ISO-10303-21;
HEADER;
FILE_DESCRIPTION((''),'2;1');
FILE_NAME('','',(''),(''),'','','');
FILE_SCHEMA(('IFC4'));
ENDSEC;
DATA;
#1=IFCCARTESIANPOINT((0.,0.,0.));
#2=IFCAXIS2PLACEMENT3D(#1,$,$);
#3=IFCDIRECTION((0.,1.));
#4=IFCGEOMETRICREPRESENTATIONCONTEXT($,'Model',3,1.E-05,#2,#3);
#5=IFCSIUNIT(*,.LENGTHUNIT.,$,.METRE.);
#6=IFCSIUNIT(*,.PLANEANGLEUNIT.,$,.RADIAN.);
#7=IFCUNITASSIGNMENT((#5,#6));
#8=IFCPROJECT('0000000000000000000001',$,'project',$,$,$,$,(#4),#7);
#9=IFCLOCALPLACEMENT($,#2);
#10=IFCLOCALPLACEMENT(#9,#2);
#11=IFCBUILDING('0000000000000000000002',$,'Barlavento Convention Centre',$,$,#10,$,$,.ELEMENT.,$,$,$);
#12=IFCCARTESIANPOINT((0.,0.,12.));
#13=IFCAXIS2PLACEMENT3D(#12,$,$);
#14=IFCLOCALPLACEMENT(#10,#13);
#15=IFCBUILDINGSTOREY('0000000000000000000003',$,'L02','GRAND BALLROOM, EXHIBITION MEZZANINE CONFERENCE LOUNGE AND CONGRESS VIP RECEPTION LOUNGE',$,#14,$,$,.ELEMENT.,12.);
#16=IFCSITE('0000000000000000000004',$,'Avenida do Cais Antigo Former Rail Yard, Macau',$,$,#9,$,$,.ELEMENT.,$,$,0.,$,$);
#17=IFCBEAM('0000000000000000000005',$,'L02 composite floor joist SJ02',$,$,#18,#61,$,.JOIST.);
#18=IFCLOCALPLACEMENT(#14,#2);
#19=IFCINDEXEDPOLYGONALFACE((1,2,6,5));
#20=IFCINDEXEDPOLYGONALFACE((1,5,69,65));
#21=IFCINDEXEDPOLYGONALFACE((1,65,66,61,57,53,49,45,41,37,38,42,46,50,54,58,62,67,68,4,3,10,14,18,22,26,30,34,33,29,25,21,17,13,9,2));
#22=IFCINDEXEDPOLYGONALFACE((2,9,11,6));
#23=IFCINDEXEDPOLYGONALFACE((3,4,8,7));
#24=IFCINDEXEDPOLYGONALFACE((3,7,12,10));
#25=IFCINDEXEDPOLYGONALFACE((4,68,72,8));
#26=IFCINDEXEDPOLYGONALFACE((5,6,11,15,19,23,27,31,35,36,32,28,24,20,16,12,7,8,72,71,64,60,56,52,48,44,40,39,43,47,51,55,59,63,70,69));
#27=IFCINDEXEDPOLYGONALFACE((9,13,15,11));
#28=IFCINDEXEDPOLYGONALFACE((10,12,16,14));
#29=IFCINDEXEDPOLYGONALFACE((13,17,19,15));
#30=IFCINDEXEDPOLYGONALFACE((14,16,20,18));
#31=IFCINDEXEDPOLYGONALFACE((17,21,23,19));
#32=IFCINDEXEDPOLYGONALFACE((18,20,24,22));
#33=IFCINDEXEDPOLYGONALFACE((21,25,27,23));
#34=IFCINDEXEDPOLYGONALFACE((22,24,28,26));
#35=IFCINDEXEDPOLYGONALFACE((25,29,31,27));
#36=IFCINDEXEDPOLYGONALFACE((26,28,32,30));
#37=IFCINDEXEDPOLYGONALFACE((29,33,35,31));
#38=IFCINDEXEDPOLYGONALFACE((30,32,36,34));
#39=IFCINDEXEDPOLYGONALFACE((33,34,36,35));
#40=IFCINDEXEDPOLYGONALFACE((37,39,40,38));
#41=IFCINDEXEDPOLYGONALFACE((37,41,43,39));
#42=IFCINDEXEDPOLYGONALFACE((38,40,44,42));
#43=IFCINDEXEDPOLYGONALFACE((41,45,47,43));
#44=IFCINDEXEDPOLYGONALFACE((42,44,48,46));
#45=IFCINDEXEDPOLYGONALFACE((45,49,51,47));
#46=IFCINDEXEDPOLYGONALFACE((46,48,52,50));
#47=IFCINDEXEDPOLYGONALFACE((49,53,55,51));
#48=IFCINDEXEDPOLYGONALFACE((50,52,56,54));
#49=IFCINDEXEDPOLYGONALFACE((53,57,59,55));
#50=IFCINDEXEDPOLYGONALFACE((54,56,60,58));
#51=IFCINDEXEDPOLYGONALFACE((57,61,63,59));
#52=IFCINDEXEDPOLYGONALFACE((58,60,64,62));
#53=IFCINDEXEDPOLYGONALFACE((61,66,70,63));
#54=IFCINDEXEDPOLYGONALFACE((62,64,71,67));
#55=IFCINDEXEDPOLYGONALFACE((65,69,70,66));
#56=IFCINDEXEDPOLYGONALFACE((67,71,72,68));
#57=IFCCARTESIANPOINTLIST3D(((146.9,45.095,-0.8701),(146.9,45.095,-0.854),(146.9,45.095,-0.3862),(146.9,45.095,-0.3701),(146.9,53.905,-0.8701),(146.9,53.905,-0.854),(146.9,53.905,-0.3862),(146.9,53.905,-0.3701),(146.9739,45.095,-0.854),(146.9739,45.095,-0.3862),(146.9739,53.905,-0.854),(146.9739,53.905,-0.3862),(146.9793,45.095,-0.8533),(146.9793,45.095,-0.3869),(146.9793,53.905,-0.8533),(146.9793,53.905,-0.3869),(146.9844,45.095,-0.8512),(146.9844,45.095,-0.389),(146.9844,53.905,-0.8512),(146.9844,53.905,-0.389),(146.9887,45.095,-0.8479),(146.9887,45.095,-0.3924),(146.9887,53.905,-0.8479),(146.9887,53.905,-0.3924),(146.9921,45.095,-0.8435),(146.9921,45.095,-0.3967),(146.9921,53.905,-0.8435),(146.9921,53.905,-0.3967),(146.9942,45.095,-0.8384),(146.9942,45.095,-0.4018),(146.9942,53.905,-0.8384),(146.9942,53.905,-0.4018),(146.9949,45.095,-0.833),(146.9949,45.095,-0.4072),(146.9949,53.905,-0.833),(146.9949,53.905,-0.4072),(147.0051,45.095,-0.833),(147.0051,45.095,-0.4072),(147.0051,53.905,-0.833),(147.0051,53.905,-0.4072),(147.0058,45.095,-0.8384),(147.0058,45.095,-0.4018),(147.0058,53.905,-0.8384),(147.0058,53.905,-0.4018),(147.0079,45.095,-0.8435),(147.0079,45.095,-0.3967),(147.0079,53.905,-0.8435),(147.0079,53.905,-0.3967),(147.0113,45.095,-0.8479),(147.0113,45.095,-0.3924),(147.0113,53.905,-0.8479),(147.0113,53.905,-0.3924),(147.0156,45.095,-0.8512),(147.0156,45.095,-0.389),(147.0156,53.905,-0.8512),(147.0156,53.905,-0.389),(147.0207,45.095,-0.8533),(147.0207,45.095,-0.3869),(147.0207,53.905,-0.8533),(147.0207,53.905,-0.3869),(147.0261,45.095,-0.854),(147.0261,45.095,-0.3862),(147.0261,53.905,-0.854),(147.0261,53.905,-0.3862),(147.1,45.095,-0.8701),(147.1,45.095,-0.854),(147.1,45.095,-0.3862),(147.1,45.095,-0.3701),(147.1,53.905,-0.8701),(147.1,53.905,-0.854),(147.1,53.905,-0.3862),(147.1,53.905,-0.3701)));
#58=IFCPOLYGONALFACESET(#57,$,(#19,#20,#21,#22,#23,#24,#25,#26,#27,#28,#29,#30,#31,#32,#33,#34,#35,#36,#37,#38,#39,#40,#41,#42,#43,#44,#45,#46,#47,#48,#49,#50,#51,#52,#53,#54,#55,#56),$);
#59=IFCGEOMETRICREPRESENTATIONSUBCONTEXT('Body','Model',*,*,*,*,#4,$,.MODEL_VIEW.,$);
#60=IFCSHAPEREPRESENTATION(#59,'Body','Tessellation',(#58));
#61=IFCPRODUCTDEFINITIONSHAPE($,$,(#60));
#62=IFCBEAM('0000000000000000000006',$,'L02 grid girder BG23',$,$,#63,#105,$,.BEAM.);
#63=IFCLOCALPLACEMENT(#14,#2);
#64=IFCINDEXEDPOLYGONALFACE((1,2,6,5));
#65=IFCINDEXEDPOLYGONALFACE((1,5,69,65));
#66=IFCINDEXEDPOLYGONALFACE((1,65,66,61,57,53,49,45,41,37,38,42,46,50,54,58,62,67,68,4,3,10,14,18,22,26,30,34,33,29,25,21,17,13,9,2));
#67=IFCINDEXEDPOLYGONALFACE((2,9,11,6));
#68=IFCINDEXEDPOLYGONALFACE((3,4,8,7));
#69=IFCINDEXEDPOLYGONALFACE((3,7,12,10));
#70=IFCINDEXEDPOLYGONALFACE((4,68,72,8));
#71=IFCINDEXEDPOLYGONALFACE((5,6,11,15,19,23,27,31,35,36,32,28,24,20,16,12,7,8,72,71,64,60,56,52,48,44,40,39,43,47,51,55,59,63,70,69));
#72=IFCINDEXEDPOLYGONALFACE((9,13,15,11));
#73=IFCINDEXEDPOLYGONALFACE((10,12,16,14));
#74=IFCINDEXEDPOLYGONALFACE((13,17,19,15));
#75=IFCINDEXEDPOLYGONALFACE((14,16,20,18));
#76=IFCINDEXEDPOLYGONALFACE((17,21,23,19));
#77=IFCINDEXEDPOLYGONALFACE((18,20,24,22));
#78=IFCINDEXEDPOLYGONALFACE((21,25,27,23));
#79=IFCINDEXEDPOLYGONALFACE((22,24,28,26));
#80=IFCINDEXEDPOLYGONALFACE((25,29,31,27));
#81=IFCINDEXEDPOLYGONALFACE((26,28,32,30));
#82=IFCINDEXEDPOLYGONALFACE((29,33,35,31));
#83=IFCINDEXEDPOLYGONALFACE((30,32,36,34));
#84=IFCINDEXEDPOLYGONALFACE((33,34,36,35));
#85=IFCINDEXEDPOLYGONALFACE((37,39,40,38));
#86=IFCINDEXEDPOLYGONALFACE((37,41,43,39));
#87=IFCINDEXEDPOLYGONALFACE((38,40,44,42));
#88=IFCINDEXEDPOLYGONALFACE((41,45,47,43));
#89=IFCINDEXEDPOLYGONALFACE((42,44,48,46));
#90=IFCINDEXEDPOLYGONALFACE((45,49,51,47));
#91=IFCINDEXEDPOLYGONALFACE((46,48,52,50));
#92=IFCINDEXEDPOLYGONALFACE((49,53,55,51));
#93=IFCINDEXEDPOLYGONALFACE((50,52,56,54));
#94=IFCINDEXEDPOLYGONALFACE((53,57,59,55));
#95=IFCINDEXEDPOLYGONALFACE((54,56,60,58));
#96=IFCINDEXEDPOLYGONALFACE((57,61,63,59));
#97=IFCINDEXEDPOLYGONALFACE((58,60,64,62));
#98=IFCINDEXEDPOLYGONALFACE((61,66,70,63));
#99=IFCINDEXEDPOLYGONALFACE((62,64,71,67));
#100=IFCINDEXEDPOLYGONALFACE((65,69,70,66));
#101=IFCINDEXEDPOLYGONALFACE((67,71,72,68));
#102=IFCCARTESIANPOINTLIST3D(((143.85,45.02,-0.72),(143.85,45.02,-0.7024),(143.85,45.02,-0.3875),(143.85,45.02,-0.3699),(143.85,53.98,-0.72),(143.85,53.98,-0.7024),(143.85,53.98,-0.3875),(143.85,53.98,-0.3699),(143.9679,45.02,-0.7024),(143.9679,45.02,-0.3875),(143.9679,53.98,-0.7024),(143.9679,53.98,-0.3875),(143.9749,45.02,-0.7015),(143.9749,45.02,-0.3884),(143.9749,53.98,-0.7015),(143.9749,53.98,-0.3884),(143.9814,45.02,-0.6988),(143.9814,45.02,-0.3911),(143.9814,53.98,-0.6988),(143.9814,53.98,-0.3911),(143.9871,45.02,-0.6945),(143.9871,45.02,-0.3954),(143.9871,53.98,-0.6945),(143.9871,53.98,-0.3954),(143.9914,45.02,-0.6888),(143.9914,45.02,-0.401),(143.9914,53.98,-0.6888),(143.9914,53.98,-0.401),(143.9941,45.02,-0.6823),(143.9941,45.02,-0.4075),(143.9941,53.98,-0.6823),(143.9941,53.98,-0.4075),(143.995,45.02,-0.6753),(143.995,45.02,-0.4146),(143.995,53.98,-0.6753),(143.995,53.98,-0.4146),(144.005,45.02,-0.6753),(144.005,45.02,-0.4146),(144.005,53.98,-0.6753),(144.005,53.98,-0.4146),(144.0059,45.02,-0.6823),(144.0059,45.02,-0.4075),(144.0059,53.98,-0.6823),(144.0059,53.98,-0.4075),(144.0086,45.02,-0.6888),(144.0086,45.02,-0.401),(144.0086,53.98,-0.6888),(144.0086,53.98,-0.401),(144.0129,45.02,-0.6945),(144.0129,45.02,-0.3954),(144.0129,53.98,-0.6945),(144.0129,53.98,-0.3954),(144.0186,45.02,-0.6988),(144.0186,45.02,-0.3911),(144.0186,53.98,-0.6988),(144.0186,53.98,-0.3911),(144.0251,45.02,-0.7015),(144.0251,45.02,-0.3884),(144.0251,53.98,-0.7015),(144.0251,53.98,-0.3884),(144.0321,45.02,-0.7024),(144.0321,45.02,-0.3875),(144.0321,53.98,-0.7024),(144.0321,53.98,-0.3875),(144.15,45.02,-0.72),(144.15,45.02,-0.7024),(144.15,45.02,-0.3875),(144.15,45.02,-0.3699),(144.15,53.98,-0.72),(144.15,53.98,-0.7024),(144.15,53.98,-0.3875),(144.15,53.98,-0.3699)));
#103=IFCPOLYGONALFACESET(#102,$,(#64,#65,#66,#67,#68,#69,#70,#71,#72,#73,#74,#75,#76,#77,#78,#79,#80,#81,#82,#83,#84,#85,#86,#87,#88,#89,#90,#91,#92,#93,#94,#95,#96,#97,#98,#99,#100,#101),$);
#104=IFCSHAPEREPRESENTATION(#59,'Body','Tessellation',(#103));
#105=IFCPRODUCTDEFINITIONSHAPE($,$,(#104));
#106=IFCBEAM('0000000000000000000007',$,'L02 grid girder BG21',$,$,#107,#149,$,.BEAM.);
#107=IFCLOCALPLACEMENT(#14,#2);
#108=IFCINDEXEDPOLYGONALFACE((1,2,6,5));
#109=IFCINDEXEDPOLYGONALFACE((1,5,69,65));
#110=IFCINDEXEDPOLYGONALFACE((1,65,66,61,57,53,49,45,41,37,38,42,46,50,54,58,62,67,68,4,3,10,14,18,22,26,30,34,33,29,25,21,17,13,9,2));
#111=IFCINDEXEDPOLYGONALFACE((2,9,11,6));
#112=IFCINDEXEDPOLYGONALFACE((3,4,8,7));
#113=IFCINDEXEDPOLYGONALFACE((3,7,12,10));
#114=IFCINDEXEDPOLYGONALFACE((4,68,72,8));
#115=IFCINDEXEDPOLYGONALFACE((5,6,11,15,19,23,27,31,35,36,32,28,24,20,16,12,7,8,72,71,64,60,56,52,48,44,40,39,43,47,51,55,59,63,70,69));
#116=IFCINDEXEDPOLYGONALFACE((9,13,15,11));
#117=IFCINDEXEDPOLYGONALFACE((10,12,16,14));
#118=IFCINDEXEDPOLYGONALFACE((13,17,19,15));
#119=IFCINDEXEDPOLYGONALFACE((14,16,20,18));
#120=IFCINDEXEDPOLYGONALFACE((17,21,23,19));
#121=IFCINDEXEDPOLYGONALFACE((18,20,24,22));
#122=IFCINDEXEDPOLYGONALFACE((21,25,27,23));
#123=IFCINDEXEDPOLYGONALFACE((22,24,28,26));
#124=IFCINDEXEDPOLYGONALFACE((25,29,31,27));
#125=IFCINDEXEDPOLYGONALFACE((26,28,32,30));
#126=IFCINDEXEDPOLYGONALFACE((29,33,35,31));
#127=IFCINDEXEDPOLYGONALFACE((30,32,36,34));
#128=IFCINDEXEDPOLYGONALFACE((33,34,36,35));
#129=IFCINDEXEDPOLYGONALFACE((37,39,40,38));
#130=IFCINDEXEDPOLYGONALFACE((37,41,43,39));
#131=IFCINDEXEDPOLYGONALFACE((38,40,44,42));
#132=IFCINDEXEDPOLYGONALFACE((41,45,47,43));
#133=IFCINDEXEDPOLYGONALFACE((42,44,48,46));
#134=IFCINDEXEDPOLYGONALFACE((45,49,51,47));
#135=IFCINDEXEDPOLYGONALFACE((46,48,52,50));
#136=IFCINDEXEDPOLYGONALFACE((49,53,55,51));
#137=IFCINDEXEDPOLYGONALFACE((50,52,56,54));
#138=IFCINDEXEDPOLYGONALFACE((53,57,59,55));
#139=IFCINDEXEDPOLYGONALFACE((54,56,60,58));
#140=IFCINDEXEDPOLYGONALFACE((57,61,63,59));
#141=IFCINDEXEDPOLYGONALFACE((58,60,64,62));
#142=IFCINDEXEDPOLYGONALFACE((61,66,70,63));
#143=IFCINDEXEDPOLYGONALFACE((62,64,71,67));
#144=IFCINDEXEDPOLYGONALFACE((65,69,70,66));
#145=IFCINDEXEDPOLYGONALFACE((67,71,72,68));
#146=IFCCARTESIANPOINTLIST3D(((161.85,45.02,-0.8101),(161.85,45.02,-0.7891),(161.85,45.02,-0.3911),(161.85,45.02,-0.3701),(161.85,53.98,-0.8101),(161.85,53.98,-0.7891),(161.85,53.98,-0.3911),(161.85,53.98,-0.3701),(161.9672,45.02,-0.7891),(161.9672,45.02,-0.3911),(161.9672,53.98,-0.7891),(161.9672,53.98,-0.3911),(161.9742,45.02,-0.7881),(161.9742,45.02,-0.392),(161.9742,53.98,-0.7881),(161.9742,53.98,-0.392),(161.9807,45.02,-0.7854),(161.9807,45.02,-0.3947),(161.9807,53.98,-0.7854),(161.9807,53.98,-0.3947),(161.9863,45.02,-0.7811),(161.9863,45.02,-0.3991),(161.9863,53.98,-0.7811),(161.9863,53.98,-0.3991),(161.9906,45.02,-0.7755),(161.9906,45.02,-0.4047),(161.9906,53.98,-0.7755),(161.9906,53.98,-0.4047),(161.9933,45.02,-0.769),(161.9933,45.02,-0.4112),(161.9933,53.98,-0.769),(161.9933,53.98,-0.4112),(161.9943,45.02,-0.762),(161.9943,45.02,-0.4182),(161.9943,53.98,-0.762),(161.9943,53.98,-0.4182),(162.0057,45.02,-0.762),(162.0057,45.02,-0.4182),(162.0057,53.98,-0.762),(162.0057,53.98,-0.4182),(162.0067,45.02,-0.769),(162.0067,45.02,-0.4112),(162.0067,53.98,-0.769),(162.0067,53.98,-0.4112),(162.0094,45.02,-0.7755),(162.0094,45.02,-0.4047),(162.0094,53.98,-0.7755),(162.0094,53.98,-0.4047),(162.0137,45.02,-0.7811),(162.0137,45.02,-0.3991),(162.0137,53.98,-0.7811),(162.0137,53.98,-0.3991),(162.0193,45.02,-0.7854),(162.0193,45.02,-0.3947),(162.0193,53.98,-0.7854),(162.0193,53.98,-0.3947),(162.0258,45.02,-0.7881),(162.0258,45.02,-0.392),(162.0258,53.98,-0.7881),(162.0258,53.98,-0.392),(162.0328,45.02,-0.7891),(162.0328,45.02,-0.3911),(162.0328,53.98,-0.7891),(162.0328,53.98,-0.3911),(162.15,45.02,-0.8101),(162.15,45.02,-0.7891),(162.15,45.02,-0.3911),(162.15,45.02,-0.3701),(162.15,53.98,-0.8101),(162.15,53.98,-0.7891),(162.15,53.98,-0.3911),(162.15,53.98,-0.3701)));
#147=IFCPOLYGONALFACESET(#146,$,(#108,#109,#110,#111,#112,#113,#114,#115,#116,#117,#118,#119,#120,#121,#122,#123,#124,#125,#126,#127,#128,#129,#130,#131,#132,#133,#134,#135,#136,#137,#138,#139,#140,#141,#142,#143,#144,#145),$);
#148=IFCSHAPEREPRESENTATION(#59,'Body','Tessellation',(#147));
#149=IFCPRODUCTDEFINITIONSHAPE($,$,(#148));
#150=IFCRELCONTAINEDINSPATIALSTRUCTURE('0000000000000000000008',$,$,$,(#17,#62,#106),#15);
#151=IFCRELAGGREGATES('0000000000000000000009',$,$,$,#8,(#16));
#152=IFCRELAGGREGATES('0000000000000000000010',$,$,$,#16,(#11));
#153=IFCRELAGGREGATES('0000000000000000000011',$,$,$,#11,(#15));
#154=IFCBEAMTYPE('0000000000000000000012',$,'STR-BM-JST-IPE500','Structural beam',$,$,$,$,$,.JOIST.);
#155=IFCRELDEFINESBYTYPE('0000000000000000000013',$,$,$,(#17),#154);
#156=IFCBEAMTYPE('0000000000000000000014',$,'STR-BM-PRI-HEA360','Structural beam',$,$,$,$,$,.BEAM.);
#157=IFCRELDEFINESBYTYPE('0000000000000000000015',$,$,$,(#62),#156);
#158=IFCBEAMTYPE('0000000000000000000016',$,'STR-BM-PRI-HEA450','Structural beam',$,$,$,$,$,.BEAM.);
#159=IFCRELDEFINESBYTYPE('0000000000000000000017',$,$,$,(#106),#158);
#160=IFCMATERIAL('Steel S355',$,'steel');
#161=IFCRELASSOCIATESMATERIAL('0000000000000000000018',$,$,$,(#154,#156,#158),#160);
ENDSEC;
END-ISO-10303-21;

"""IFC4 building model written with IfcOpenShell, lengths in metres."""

from ifc_helpers import new_model, si_unit, direction, frame, origin, origin_2d, place, context, subcontext, project, spatial, i_section, extrude, material, material_profile, profile_set, type_object, element, save


model = new_model("IFC4")

# Units and contexts
model_context = context("Model", 3, precision=1e-05, world=origin(), true_north=direction((0.0, 1.0)))
body_context = subcontext(model_context, "Body", "Model", "MODEL_VIEW")
ifc_project = project(units=[si_unit("LENGTHUNIT", "METRE"), si_unit("PLANEANGLEUNIT", "RADIAN")], contexts=[model_context])

# Site, building, storey
site_placement = place(None, origin())
site = spatial("IfcSite", under=ifc_project, at=site_placement, Name="Avenida do Cais Antigo Former Rail Yard, Macau", CompositionType="ELEMENT", RefElevation=0.0)
building_placement = place(site_placement, origin())
building = spatial("IfcBuilding", under=site, at=building_placement, Name="Barlavento Convention Centre", CompositionType="ELEMENT")
storey_placement = place(building_placement, frame((0.0, 0.0, 12.0)))
storey = spatial("IfcBuildingStorey", under=building, at=storey_placement, Name="L02", Description="GRAND BALLROOM, EXHIBITION MEZZANINE CONFERENCE LOUNGE AND CONGRESS VIP RECEPTION LOUNGE", CompositionType="ELEMENT", Elevation=12.0)

# Shared definitions
ifc_material_1 = material(Name="Steel S355", Category="steel")

# Beams
ifc_material_profile_1 = material_profile(ifc_material_1, i_section(OverallWidth=0.2, OverallDepth=0.5, WebThickness=0.0103, FlangeThickness=0.0161, FilletRadius=0.021, at=origin_2d()), Name="IPE 500")
ifc_profile_set_1 = profile_set([ifc_material_profile_1], Name="Steel S355")
beam_type_1 = type_object("IfcBeamType", Name="STR-BM-JST-IPE500", Description="Structural beam", PredefinedType="JOIST", material=ifc_profile_set_1)
beam_1_placement = place(storey_placement, frame((147.0, 45.095, -0.6201), z_axis=(0.0, 1.0, 0.0), x_axis=(-1.0, 0.0, 0.0)))
element("IfcBeam", 1, at=beam_1_placement, inside=storey, type_object=beam_type_1, Name="L02 composite floor joist SJ02", PredefinedType="JOIST", context=body_context, shape_type="SweptSolid", body=[
    extrude(i_section(OverallWidth=0.2, OverallDepth=0.5, WebThickness=0.0103, FlangeThickness=0.0161, FilletRadius=0.021, at=origin_2d()), origin(), (0.0, 0.0, 1.0), 8.8101),
])
ifc_material_profile_2 = material_profile(ifc_material_1, i_section(OverallWidth=0.3, OverallDepth=0.3501, WebThickness=0.01, FlangeThickness=0.0176, FilletRadius=0.0271, at=origin_2d()), Name="HEA 360")
ifc_profile_set_2 = profile_set([ifc_material_profile_2], Name="Steel S355")
beam_type_2 = type_object("IfcBeamType", Name="STR-BM-PRI-HEA360", Description="Structural beam", PredefinedType="BEAM", material=ifc_profile_set_2)
beam_2_placement = place(storey_placement, frame((144.0, 45.02, -0.5449), z_axis=(0.0, 1.0, 0.0), x_axis=(-1.0, 0.0, 0.0)))
element("IfcBeam", 2, at=beam_2_placement, inside=storey, type_object=beam_type_2, Name="L02 grid girder BG23", PredefinedType="BEAM", context=body_context, shape_type="SweptSolid", body=[
    extrude(i_section(OverallWidth=0.3, OverallDepth=0.3501, WebThickness=0.01, FlangeThickness=0.0176, FilletRadius=0.0271, at=origin_2d()), origin(), (0.0, 0.0, 1.0), 8.96),
])
ifc_material_profile_3 = material_profile(ifc_material_1, i_section(OverallWidth=0.3, OverallDepth=0.4399, WebThickness=0.0115, FlangeThickness=0.021, FilletRadius=0.0271, at=origin_2d()), Name="HEA 450")
ifc_profile_set_3 = profile_set([ifc_material_profile_3], Name="Steel S355")
beam_type_3 = type_object("IfcBeamType", Name="STR-BM-PRI-HEA450", Description="Structural beam", PredefinedType="BEAM", material=ifc_profile_set_3)
beam_3_placement = place(storey_placement, frame((162.0, 45.02, -0.5901), z_axis=(0.0, 1.0, 0.0), x_axis=(-1.0, 0.0, 0.0)))
element("IfcBeam", 3, at=beam_3_placement, inside=storey, type_object=beam_type_3, Name="L02 grid girder BG21", PredefinedType="BEAM", context=body_context, shape_type="SweptSolid", body=[
    extrude(i_section(OverallWidth=0.3, OverallDepth=0.4399, WebThickness=0.0115, FlangeThickness=0.021, FilletRadius=0.0271, at=origin_2d()), origin(), (0.0, 0.0, 1.0), 8.96),
])

save(model, "model.ifc")
